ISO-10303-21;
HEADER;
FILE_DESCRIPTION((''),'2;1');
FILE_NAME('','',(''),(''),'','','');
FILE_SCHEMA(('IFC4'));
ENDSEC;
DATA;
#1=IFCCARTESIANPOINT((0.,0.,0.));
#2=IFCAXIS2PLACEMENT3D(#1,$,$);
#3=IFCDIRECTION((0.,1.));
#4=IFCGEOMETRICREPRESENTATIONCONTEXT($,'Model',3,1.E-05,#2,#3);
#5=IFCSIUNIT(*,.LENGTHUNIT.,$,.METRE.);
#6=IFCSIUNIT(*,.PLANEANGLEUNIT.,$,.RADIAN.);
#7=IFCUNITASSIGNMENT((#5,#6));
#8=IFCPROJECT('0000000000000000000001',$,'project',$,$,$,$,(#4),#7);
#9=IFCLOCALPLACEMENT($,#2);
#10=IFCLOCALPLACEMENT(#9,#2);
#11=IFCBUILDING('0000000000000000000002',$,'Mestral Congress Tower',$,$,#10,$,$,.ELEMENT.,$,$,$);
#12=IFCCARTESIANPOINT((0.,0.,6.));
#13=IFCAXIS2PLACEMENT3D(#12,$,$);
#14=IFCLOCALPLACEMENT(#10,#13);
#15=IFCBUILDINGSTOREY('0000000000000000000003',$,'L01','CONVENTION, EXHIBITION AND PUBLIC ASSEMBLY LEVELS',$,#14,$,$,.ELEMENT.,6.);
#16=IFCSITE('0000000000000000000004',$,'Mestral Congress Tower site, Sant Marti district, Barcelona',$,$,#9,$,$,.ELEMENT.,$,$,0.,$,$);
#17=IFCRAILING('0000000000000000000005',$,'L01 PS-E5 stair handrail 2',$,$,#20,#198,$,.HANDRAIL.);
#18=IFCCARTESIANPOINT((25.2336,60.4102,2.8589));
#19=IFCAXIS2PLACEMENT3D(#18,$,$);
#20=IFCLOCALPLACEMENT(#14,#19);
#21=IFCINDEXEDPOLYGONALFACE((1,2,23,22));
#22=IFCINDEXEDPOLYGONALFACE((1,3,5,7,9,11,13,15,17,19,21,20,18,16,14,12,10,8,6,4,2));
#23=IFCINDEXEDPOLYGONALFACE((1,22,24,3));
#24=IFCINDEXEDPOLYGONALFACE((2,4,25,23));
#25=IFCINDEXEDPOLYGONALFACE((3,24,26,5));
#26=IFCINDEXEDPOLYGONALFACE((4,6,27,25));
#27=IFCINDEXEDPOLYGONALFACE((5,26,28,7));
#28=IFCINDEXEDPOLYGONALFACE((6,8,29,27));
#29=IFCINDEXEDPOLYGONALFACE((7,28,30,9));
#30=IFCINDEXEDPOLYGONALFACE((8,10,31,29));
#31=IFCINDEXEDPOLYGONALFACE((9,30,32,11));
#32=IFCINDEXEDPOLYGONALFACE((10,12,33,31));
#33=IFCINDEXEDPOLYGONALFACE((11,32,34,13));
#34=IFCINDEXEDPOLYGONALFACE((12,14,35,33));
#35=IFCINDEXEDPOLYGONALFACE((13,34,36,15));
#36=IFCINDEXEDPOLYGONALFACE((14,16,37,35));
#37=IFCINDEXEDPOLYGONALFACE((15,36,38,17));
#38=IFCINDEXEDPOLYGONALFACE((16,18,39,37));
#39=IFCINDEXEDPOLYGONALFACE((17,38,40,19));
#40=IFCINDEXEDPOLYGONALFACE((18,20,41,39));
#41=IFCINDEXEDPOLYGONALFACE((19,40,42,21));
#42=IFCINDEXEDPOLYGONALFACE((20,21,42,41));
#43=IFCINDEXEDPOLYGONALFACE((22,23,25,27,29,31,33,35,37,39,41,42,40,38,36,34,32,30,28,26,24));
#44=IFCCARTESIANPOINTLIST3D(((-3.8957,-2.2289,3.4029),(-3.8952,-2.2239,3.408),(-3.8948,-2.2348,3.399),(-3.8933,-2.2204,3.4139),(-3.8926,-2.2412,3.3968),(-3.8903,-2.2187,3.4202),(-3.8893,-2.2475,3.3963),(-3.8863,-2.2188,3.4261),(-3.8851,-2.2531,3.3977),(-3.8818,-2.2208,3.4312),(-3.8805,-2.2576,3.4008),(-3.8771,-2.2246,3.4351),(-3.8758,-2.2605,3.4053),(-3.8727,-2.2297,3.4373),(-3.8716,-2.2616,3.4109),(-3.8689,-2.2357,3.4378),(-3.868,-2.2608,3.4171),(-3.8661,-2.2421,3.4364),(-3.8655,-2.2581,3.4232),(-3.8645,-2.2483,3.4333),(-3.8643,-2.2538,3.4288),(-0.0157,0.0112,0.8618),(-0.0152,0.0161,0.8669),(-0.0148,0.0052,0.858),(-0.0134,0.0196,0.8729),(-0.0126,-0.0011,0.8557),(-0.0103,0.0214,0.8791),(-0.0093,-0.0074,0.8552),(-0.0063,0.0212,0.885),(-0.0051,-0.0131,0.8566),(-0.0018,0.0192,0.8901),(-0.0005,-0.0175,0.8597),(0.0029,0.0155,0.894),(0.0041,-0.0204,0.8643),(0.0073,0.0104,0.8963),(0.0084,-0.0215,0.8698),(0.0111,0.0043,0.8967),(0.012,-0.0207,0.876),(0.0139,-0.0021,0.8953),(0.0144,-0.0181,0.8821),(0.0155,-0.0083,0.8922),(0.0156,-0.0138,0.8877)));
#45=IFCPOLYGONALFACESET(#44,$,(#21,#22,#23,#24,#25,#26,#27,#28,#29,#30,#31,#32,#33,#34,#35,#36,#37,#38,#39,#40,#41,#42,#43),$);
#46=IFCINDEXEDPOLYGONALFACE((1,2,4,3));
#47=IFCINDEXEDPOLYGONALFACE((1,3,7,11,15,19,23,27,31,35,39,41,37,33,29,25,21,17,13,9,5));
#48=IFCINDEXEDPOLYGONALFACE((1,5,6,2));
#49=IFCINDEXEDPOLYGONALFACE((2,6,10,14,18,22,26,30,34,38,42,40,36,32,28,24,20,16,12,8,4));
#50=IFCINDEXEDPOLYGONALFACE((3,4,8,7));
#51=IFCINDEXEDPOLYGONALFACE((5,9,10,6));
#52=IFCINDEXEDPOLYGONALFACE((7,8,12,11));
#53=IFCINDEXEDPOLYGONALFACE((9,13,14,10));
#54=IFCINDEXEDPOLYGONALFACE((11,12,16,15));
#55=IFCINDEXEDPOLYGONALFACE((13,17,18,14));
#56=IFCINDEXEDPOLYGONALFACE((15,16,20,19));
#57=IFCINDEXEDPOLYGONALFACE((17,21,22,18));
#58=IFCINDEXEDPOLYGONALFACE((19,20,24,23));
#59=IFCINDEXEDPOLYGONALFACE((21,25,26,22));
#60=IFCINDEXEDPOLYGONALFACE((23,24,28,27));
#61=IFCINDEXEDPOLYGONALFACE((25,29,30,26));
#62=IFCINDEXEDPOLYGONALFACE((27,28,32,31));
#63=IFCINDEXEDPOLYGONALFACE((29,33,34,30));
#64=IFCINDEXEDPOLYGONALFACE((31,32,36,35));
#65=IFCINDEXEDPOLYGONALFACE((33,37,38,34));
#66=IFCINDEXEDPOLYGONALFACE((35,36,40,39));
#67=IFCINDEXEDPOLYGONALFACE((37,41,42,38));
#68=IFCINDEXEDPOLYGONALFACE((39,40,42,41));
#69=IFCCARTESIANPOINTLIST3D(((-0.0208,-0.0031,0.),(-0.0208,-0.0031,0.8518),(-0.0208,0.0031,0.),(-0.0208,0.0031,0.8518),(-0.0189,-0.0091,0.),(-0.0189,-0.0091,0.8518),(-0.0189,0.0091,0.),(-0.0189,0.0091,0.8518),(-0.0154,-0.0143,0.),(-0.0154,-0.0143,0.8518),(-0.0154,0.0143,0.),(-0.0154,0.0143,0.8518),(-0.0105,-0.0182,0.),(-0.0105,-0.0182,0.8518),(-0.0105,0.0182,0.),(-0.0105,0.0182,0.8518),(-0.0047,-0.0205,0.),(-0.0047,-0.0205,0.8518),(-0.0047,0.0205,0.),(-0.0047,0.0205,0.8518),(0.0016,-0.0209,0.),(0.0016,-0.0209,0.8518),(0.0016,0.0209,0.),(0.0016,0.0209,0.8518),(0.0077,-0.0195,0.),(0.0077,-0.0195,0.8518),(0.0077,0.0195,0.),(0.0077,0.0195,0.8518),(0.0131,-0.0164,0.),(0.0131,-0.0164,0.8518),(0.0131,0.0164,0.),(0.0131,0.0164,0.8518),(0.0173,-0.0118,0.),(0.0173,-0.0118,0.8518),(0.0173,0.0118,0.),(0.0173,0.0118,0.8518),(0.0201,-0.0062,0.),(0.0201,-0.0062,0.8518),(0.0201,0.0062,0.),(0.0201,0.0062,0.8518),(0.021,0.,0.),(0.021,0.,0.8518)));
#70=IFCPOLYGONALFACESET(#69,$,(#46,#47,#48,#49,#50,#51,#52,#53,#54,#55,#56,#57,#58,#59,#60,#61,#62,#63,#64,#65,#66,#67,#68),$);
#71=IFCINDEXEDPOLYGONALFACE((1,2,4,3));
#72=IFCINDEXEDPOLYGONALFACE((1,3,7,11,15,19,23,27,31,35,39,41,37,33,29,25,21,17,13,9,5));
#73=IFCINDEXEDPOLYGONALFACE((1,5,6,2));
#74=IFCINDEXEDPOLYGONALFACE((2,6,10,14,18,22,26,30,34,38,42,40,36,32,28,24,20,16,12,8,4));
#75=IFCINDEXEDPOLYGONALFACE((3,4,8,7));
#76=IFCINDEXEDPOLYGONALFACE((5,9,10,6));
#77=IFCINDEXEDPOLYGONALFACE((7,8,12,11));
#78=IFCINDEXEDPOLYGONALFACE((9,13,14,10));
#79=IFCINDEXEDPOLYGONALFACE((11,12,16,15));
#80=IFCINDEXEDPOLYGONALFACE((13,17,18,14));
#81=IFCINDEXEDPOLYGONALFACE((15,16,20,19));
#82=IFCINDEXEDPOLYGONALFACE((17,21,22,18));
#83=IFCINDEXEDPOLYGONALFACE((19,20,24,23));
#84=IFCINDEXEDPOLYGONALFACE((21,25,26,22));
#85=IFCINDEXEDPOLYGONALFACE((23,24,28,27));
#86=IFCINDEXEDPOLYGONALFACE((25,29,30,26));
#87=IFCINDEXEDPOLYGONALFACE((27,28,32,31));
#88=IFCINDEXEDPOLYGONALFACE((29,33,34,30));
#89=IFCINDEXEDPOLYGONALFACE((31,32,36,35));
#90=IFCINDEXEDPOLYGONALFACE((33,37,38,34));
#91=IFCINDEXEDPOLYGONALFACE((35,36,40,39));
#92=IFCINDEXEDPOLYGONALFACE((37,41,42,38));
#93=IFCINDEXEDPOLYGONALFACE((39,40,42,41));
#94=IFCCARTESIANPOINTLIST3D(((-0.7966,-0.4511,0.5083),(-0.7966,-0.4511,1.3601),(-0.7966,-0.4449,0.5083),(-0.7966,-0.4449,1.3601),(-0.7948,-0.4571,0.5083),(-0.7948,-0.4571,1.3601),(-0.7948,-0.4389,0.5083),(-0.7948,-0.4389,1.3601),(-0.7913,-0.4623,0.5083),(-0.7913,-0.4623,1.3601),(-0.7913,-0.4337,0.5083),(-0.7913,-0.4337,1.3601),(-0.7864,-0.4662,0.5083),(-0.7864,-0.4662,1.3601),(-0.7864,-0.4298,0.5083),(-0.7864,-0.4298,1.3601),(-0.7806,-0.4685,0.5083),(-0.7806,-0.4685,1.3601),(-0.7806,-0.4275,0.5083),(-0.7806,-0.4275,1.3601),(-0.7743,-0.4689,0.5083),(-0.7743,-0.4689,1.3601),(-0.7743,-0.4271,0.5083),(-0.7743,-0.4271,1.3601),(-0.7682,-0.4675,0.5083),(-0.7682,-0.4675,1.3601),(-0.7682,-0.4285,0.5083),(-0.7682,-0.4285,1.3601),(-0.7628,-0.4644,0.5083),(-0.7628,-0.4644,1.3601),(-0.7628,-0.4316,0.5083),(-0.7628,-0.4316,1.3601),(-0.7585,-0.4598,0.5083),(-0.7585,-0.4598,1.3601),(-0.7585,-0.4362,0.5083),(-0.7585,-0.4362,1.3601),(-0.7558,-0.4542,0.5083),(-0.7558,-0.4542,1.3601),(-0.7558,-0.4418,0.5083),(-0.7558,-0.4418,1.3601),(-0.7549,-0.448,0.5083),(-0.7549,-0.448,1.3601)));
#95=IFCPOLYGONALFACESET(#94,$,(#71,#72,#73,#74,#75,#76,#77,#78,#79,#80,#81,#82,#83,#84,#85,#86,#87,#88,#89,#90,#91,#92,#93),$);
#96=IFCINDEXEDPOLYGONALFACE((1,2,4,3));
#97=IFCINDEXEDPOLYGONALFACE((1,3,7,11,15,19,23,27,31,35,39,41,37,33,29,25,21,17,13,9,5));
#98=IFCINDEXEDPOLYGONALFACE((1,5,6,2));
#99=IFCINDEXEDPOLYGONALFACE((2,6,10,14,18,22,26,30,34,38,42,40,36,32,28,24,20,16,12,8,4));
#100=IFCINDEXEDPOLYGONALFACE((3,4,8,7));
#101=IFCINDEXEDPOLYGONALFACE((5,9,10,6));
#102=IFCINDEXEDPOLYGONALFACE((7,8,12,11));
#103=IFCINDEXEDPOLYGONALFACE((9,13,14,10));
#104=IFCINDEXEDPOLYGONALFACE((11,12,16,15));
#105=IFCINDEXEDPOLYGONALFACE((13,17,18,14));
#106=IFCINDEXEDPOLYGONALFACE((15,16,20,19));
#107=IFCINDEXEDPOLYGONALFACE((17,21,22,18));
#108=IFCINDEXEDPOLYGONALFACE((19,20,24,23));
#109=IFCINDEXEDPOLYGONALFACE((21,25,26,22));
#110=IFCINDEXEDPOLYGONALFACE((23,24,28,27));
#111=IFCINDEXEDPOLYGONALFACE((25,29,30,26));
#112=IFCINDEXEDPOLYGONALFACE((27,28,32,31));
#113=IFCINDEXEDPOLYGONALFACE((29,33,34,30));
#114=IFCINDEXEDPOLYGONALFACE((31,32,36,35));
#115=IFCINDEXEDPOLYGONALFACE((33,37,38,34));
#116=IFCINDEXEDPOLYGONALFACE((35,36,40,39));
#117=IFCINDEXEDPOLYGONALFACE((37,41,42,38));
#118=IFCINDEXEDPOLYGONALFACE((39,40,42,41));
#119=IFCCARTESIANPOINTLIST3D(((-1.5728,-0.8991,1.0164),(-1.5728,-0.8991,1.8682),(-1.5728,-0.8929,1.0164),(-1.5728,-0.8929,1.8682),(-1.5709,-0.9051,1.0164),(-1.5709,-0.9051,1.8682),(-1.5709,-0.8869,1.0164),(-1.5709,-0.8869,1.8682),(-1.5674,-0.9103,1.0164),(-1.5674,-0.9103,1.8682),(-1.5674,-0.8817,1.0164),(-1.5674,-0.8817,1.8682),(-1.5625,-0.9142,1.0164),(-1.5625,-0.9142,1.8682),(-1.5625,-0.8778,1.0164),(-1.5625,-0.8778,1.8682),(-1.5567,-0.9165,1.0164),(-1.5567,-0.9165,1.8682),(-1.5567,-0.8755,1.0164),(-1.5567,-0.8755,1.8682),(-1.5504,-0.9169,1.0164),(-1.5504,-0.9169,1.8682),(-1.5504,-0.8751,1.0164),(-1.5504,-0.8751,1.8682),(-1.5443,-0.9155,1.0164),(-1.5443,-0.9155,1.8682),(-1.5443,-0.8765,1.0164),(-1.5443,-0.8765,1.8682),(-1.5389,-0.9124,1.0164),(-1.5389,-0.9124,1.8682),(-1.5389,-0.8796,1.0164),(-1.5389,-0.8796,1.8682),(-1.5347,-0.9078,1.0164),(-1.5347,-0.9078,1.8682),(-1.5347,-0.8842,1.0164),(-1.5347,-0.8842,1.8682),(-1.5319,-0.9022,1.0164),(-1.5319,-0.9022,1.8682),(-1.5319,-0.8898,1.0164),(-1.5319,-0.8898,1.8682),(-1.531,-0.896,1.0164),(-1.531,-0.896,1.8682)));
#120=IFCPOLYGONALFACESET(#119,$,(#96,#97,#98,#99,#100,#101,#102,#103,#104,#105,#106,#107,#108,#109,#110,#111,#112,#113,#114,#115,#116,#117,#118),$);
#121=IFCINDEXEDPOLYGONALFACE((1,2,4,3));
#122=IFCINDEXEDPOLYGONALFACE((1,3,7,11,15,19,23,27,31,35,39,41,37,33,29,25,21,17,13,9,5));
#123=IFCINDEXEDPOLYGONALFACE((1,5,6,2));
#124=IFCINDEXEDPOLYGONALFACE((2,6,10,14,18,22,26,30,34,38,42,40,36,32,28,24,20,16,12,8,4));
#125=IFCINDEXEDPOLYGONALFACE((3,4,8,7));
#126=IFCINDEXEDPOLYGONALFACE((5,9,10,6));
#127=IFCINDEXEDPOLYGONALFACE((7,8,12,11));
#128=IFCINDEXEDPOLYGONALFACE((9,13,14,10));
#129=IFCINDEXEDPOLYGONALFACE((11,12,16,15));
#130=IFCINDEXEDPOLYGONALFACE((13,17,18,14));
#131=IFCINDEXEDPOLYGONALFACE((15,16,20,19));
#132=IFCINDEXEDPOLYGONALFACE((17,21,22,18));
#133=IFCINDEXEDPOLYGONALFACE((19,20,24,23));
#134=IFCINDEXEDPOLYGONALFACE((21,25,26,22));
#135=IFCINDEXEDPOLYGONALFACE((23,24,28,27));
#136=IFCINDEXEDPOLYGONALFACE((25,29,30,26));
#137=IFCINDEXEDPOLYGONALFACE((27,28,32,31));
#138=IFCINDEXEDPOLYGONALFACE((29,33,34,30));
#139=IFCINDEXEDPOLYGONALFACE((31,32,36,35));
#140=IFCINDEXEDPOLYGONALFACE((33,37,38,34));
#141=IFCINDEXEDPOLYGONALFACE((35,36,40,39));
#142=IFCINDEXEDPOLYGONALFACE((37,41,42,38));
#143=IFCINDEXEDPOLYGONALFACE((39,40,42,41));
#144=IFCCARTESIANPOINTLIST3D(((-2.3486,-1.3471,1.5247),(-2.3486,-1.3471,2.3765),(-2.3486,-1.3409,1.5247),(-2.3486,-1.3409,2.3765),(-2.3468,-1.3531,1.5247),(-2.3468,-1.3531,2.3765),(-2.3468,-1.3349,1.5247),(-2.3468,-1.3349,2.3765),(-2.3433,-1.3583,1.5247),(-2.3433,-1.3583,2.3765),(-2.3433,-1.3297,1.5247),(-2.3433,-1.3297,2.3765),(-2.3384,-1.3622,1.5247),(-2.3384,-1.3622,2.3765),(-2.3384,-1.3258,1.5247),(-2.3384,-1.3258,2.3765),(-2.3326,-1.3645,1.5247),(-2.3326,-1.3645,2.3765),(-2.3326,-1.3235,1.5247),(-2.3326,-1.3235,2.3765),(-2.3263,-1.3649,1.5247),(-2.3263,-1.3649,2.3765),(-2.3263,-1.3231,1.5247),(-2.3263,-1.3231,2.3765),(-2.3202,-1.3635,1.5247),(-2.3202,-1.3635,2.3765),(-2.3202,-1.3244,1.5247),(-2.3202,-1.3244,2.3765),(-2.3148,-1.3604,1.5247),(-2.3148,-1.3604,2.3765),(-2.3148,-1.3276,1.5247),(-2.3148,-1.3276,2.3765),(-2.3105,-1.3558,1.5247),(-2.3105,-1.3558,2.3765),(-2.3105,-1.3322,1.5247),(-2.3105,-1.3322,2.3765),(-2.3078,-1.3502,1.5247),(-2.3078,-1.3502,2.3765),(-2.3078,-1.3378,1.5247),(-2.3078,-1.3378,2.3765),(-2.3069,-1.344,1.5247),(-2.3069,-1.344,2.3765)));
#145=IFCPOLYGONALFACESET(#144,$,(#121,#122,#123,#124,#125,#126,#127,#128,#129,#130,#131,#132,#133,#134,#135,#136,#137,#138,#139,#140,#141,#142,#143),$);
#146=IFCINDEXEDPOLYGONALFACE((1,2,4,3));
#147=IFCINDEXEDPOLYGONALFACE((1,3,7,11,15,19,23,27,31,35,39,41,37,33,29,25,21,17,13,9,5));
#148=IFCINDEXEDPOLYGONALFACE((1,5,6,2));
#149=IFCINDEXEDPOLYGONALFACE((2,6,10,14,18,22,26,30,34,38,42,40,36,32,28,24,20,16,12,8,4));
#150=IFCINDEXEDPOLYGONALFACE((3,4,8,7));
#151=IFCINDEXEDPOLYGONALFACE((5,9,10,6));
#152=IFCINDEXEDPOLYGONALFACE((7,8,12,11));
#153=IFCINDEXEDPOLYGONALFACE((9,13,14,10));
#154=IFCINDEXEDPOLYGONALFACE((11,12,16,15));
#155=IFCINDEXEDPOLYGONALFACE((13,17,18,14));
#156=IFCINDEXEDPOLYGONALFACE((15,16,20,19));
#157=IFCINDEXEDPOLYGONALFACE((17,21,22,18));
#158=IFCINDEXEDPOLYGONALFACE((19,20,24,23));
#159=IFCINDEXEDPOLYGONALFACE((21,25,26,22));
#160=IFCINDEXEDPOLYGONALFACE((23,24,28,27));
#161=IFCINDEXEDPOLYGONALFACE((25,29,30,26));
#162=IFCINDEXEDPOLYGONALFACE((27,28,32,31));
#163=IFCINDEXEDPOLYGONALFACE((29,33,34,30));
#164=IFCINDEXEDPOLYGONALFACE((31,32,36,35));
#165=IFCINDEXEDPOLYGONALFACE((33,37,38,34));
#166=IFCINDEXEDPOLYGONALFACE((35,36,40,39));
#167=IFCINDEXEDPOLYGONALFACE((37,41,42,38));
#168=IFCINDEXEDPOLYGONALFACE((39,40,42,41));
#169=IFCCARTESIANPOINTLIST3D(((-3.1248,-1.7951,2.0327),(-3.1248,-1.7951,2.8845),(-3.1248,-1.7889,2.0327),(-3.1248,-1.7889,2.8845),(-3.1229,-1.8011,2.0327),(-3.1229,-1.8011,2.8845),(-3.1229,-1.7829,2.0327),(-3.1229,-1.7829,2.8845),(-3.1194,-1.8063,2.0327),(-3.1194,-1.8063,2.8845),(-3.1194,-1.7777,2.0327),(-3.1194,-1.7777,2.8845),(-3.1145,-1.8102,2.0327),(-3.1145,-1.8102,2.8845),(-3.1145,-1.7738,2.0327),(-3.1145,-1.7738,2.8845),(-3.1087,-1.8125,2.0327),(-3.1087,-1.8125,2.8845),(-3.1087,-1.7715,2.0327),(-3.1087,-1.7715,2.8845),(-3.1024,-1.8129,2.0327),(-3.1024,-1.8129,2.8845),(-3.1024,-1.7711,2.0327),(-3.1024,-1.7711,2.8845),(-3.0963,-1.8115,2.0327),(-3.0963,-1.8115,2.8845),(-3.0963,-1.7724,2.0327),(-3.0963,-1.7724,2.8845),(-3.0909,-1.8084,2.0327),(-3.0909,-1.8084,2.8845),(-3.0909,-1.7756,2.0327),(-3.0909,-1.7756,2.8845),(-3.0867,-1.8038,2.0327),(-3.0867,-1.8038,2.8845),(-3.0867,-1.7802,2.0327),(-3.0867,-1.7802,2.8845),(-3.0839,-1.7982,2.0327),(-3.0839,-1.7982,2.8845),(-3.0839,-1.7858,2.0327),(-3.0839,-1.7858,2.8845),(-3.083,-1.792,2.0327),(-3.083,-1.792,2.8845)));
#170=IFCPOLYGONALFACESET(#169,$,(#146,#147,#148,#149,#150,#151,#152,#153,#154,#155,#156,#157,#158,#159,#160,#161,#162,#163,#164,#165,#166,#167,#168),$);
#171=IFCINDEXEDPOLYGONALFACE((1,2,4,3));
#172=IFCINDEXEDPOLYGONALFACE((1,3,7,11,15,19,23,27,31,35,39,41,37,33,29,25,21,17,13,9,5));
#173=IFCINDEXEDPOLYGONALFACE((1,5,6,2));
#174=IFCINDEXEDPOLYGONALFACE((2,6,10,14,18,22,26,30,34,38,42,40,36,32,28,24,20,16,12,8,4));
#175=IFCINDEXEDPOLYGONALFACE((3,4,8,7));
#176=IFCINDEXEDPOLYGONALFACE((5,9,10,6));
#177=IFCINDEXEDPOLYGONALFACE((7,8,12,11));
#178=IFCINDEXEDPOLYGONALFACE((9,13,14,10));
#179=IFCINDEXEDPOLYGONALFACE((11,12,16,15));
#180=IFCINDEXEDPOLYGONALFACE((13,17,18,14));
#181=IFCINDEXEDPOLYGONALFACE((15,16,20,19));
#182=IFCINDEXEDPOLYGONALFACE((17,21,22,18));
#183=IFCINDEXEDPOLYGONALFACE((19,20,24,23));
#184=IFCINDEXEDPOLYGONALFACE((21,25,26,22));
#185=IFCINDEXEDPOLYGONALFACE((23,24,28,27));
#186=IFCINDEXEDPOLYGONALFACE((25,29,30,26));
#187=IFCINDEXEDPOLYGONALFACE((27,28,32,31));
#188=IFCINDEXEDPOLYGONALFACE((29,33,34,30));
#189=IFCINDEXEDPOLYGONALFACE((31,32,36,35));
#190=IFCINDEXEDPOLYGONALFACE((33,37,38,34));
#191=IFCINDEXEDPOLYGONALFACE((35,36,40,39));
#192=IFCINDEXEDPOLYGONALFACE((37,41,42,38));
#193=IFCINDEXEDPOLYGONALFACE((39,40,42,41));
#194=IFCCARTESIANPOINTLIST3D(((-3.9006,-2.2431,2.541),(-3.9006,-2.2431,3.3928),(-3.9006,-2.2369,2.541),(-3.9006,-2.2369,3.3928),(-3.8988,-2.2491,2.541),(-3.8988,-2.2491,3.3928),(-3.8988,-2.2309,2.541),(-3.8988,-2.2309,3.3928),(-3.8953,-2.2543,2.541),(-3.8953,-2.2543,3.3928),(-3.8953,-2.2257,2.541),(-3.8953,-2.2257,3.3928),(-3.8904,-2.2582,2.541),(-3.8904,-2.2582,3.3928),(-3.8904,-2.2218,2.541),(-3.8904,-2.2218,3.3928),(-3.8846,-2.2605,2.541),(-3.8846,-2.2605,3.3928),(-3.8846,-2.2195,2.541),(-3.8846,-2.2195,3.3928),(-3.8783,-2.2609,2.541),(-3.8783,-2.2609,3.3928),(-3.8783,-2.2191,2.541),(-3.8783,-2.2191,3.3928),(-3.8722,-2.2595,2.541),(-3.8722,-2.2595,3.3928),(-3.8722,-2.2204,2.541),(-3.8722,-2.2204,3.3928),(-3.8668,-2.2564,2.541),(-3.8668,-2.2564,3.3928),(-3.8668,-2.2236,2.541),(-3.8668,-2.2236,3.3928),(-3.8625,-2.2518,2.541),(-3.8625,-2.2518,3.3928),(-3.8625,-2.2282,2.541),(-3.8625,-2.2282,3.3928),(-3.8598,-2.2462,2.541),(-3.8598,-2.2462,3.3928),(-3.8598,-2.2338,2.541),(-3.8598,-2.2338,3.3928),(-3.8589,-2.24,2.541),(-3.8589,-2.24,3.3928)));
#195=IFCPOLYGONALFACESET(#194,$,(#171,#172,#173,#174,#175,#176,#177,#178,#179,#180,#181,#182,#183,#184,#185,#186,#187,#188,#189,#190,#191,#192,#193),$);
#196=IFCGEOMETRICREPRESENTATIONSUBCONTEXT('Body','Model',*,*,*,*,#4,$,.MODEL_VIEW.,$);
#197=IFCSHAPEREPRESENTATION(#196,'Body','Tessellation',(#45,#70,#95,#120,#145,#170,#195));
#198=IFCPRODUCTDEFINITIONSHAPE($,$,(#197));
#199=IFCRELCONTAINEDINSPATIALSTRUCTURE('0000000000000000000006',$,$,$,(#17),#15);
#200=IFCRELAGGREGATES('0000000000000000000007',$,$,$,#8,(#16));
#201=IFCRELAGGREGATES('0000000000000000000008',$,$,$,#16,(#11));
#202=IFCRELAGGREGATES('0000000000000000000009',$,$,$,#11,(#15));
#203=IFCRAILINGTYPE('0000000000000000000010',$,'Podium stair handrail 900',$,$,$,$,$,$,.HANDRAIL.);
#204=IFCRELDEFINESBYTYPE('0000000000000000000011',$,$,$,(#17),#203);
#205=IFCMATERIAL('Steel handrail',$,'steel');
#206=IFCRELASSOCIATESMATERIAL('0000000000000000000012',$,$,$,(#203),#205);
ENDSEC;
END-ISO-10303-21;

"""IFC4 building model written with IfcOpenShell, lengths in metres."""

from ifc_helpers import new_model, si_unit, direction, frame, origin, origin_2d, place, context, subcontext, project, spatial, circle, extrude, material, type_object, element, save


model = new_model("IFC4")

# Units and contexts
model_context = context("Model", 3, precision=1e-05, world=origin(), true_north=direction((0.0, 1.0)))
body_context = subcontext(model_context, "Body", "Model", "MODEL_VIEW")
ifc_project = project(units=[si_unit("LENGTHUNIT", "METRE"), si_unit("PLANEANGLEUNIT", "RADIAN")], contexts=[model_context])

# Site, building, storey
site_placement = place(None, origin())
site = spatial("IfcSite", under=ifc_project, at=site_placement, Name="Mestral Congress Tower site, Sant Marti district, Barcelona", CompositionType="ELEMENT", RefElevation=0.0)
building_placement = place(site_placement, origin())
building = spatial("IfcBuilding", under=site, at=building_placement, Name="Mestral Congress Tower", CompositionType="ELEMENT")
storey_placement = place(building_placement, frame((0.0, 0.0, 6.0)))
storey = spatial("IfcBuildingStorey", under=building, at=storey_placement, Name="L01", Description="CONVENTION, EXHIBITION AND PUBLIC ASSEMBLY LEVELS", CompositionType="ELEMENT", Elevation=6.0)

# Railing
ifc_material_1 = material(Name="Steel handrail", Category="steel")
railing_type_1 = type_object("IfcRailingType", Name="Podium stair handrail 900", PredefinedType="HANDRAIL", material=ifc_material_1)
railing_1_placement = place(storey_placement, frame((25.2336, 60.4102, 2.8589)))
element("IfcRailing", 1, at=railing_1_placement, inside=storey, type_object=railing_type_1, Name="L01 PS-E5 stair handrail 2", PredefinedType="HANDRAIL", context=body_context, shape_type="SweptSolid", body=[
    extrude(circle(Radius=0.0239, at=origin_2d()), frame((0.0, 0.0, 0.876), z_axis=(-0.7533, -0.434906, 0.493352), x_axis=(0.49999, -0.866031, 0.0)), (0.0, 0.0, 1.0), 5.1506),
    extrude(circle(Radius=0.021, at=origin_2d()), origin(), (0.0, 0.0, 1.0), 0.8518),
    extrude(circle(Radius=0.021, at=origin_2d()), frame((-0.7759, -0.448, 0.5083)), (0.0, 0.0, 1.0), 0.8518),
    extrude(circle(Radius=0.021, at=origin_2d()), frame((-1.552, -0.896, 1.0164)), (0.0, 0.0, 1.0), 0.8518),
    extrude(circle(Radius=0.021, at=origin_2d()), frame((-2.3279, -1.344, 1.5247)), (0.0, 0.0, 1.0), 0.8518),
    extrude(circle(Radius=0.021, at=origin_2d()), frame((-3.104, -1.792, 2.0327)), (0.0, 0.0, 1.0), 0.8518),
    extrude(circle(Radius=0.021, at=origin_2d()), frame((-3.8799, -2.24, 2.541)), (0.0, 0.0, 1.0), 0.8518),
])

save(model, "model.ifc")
